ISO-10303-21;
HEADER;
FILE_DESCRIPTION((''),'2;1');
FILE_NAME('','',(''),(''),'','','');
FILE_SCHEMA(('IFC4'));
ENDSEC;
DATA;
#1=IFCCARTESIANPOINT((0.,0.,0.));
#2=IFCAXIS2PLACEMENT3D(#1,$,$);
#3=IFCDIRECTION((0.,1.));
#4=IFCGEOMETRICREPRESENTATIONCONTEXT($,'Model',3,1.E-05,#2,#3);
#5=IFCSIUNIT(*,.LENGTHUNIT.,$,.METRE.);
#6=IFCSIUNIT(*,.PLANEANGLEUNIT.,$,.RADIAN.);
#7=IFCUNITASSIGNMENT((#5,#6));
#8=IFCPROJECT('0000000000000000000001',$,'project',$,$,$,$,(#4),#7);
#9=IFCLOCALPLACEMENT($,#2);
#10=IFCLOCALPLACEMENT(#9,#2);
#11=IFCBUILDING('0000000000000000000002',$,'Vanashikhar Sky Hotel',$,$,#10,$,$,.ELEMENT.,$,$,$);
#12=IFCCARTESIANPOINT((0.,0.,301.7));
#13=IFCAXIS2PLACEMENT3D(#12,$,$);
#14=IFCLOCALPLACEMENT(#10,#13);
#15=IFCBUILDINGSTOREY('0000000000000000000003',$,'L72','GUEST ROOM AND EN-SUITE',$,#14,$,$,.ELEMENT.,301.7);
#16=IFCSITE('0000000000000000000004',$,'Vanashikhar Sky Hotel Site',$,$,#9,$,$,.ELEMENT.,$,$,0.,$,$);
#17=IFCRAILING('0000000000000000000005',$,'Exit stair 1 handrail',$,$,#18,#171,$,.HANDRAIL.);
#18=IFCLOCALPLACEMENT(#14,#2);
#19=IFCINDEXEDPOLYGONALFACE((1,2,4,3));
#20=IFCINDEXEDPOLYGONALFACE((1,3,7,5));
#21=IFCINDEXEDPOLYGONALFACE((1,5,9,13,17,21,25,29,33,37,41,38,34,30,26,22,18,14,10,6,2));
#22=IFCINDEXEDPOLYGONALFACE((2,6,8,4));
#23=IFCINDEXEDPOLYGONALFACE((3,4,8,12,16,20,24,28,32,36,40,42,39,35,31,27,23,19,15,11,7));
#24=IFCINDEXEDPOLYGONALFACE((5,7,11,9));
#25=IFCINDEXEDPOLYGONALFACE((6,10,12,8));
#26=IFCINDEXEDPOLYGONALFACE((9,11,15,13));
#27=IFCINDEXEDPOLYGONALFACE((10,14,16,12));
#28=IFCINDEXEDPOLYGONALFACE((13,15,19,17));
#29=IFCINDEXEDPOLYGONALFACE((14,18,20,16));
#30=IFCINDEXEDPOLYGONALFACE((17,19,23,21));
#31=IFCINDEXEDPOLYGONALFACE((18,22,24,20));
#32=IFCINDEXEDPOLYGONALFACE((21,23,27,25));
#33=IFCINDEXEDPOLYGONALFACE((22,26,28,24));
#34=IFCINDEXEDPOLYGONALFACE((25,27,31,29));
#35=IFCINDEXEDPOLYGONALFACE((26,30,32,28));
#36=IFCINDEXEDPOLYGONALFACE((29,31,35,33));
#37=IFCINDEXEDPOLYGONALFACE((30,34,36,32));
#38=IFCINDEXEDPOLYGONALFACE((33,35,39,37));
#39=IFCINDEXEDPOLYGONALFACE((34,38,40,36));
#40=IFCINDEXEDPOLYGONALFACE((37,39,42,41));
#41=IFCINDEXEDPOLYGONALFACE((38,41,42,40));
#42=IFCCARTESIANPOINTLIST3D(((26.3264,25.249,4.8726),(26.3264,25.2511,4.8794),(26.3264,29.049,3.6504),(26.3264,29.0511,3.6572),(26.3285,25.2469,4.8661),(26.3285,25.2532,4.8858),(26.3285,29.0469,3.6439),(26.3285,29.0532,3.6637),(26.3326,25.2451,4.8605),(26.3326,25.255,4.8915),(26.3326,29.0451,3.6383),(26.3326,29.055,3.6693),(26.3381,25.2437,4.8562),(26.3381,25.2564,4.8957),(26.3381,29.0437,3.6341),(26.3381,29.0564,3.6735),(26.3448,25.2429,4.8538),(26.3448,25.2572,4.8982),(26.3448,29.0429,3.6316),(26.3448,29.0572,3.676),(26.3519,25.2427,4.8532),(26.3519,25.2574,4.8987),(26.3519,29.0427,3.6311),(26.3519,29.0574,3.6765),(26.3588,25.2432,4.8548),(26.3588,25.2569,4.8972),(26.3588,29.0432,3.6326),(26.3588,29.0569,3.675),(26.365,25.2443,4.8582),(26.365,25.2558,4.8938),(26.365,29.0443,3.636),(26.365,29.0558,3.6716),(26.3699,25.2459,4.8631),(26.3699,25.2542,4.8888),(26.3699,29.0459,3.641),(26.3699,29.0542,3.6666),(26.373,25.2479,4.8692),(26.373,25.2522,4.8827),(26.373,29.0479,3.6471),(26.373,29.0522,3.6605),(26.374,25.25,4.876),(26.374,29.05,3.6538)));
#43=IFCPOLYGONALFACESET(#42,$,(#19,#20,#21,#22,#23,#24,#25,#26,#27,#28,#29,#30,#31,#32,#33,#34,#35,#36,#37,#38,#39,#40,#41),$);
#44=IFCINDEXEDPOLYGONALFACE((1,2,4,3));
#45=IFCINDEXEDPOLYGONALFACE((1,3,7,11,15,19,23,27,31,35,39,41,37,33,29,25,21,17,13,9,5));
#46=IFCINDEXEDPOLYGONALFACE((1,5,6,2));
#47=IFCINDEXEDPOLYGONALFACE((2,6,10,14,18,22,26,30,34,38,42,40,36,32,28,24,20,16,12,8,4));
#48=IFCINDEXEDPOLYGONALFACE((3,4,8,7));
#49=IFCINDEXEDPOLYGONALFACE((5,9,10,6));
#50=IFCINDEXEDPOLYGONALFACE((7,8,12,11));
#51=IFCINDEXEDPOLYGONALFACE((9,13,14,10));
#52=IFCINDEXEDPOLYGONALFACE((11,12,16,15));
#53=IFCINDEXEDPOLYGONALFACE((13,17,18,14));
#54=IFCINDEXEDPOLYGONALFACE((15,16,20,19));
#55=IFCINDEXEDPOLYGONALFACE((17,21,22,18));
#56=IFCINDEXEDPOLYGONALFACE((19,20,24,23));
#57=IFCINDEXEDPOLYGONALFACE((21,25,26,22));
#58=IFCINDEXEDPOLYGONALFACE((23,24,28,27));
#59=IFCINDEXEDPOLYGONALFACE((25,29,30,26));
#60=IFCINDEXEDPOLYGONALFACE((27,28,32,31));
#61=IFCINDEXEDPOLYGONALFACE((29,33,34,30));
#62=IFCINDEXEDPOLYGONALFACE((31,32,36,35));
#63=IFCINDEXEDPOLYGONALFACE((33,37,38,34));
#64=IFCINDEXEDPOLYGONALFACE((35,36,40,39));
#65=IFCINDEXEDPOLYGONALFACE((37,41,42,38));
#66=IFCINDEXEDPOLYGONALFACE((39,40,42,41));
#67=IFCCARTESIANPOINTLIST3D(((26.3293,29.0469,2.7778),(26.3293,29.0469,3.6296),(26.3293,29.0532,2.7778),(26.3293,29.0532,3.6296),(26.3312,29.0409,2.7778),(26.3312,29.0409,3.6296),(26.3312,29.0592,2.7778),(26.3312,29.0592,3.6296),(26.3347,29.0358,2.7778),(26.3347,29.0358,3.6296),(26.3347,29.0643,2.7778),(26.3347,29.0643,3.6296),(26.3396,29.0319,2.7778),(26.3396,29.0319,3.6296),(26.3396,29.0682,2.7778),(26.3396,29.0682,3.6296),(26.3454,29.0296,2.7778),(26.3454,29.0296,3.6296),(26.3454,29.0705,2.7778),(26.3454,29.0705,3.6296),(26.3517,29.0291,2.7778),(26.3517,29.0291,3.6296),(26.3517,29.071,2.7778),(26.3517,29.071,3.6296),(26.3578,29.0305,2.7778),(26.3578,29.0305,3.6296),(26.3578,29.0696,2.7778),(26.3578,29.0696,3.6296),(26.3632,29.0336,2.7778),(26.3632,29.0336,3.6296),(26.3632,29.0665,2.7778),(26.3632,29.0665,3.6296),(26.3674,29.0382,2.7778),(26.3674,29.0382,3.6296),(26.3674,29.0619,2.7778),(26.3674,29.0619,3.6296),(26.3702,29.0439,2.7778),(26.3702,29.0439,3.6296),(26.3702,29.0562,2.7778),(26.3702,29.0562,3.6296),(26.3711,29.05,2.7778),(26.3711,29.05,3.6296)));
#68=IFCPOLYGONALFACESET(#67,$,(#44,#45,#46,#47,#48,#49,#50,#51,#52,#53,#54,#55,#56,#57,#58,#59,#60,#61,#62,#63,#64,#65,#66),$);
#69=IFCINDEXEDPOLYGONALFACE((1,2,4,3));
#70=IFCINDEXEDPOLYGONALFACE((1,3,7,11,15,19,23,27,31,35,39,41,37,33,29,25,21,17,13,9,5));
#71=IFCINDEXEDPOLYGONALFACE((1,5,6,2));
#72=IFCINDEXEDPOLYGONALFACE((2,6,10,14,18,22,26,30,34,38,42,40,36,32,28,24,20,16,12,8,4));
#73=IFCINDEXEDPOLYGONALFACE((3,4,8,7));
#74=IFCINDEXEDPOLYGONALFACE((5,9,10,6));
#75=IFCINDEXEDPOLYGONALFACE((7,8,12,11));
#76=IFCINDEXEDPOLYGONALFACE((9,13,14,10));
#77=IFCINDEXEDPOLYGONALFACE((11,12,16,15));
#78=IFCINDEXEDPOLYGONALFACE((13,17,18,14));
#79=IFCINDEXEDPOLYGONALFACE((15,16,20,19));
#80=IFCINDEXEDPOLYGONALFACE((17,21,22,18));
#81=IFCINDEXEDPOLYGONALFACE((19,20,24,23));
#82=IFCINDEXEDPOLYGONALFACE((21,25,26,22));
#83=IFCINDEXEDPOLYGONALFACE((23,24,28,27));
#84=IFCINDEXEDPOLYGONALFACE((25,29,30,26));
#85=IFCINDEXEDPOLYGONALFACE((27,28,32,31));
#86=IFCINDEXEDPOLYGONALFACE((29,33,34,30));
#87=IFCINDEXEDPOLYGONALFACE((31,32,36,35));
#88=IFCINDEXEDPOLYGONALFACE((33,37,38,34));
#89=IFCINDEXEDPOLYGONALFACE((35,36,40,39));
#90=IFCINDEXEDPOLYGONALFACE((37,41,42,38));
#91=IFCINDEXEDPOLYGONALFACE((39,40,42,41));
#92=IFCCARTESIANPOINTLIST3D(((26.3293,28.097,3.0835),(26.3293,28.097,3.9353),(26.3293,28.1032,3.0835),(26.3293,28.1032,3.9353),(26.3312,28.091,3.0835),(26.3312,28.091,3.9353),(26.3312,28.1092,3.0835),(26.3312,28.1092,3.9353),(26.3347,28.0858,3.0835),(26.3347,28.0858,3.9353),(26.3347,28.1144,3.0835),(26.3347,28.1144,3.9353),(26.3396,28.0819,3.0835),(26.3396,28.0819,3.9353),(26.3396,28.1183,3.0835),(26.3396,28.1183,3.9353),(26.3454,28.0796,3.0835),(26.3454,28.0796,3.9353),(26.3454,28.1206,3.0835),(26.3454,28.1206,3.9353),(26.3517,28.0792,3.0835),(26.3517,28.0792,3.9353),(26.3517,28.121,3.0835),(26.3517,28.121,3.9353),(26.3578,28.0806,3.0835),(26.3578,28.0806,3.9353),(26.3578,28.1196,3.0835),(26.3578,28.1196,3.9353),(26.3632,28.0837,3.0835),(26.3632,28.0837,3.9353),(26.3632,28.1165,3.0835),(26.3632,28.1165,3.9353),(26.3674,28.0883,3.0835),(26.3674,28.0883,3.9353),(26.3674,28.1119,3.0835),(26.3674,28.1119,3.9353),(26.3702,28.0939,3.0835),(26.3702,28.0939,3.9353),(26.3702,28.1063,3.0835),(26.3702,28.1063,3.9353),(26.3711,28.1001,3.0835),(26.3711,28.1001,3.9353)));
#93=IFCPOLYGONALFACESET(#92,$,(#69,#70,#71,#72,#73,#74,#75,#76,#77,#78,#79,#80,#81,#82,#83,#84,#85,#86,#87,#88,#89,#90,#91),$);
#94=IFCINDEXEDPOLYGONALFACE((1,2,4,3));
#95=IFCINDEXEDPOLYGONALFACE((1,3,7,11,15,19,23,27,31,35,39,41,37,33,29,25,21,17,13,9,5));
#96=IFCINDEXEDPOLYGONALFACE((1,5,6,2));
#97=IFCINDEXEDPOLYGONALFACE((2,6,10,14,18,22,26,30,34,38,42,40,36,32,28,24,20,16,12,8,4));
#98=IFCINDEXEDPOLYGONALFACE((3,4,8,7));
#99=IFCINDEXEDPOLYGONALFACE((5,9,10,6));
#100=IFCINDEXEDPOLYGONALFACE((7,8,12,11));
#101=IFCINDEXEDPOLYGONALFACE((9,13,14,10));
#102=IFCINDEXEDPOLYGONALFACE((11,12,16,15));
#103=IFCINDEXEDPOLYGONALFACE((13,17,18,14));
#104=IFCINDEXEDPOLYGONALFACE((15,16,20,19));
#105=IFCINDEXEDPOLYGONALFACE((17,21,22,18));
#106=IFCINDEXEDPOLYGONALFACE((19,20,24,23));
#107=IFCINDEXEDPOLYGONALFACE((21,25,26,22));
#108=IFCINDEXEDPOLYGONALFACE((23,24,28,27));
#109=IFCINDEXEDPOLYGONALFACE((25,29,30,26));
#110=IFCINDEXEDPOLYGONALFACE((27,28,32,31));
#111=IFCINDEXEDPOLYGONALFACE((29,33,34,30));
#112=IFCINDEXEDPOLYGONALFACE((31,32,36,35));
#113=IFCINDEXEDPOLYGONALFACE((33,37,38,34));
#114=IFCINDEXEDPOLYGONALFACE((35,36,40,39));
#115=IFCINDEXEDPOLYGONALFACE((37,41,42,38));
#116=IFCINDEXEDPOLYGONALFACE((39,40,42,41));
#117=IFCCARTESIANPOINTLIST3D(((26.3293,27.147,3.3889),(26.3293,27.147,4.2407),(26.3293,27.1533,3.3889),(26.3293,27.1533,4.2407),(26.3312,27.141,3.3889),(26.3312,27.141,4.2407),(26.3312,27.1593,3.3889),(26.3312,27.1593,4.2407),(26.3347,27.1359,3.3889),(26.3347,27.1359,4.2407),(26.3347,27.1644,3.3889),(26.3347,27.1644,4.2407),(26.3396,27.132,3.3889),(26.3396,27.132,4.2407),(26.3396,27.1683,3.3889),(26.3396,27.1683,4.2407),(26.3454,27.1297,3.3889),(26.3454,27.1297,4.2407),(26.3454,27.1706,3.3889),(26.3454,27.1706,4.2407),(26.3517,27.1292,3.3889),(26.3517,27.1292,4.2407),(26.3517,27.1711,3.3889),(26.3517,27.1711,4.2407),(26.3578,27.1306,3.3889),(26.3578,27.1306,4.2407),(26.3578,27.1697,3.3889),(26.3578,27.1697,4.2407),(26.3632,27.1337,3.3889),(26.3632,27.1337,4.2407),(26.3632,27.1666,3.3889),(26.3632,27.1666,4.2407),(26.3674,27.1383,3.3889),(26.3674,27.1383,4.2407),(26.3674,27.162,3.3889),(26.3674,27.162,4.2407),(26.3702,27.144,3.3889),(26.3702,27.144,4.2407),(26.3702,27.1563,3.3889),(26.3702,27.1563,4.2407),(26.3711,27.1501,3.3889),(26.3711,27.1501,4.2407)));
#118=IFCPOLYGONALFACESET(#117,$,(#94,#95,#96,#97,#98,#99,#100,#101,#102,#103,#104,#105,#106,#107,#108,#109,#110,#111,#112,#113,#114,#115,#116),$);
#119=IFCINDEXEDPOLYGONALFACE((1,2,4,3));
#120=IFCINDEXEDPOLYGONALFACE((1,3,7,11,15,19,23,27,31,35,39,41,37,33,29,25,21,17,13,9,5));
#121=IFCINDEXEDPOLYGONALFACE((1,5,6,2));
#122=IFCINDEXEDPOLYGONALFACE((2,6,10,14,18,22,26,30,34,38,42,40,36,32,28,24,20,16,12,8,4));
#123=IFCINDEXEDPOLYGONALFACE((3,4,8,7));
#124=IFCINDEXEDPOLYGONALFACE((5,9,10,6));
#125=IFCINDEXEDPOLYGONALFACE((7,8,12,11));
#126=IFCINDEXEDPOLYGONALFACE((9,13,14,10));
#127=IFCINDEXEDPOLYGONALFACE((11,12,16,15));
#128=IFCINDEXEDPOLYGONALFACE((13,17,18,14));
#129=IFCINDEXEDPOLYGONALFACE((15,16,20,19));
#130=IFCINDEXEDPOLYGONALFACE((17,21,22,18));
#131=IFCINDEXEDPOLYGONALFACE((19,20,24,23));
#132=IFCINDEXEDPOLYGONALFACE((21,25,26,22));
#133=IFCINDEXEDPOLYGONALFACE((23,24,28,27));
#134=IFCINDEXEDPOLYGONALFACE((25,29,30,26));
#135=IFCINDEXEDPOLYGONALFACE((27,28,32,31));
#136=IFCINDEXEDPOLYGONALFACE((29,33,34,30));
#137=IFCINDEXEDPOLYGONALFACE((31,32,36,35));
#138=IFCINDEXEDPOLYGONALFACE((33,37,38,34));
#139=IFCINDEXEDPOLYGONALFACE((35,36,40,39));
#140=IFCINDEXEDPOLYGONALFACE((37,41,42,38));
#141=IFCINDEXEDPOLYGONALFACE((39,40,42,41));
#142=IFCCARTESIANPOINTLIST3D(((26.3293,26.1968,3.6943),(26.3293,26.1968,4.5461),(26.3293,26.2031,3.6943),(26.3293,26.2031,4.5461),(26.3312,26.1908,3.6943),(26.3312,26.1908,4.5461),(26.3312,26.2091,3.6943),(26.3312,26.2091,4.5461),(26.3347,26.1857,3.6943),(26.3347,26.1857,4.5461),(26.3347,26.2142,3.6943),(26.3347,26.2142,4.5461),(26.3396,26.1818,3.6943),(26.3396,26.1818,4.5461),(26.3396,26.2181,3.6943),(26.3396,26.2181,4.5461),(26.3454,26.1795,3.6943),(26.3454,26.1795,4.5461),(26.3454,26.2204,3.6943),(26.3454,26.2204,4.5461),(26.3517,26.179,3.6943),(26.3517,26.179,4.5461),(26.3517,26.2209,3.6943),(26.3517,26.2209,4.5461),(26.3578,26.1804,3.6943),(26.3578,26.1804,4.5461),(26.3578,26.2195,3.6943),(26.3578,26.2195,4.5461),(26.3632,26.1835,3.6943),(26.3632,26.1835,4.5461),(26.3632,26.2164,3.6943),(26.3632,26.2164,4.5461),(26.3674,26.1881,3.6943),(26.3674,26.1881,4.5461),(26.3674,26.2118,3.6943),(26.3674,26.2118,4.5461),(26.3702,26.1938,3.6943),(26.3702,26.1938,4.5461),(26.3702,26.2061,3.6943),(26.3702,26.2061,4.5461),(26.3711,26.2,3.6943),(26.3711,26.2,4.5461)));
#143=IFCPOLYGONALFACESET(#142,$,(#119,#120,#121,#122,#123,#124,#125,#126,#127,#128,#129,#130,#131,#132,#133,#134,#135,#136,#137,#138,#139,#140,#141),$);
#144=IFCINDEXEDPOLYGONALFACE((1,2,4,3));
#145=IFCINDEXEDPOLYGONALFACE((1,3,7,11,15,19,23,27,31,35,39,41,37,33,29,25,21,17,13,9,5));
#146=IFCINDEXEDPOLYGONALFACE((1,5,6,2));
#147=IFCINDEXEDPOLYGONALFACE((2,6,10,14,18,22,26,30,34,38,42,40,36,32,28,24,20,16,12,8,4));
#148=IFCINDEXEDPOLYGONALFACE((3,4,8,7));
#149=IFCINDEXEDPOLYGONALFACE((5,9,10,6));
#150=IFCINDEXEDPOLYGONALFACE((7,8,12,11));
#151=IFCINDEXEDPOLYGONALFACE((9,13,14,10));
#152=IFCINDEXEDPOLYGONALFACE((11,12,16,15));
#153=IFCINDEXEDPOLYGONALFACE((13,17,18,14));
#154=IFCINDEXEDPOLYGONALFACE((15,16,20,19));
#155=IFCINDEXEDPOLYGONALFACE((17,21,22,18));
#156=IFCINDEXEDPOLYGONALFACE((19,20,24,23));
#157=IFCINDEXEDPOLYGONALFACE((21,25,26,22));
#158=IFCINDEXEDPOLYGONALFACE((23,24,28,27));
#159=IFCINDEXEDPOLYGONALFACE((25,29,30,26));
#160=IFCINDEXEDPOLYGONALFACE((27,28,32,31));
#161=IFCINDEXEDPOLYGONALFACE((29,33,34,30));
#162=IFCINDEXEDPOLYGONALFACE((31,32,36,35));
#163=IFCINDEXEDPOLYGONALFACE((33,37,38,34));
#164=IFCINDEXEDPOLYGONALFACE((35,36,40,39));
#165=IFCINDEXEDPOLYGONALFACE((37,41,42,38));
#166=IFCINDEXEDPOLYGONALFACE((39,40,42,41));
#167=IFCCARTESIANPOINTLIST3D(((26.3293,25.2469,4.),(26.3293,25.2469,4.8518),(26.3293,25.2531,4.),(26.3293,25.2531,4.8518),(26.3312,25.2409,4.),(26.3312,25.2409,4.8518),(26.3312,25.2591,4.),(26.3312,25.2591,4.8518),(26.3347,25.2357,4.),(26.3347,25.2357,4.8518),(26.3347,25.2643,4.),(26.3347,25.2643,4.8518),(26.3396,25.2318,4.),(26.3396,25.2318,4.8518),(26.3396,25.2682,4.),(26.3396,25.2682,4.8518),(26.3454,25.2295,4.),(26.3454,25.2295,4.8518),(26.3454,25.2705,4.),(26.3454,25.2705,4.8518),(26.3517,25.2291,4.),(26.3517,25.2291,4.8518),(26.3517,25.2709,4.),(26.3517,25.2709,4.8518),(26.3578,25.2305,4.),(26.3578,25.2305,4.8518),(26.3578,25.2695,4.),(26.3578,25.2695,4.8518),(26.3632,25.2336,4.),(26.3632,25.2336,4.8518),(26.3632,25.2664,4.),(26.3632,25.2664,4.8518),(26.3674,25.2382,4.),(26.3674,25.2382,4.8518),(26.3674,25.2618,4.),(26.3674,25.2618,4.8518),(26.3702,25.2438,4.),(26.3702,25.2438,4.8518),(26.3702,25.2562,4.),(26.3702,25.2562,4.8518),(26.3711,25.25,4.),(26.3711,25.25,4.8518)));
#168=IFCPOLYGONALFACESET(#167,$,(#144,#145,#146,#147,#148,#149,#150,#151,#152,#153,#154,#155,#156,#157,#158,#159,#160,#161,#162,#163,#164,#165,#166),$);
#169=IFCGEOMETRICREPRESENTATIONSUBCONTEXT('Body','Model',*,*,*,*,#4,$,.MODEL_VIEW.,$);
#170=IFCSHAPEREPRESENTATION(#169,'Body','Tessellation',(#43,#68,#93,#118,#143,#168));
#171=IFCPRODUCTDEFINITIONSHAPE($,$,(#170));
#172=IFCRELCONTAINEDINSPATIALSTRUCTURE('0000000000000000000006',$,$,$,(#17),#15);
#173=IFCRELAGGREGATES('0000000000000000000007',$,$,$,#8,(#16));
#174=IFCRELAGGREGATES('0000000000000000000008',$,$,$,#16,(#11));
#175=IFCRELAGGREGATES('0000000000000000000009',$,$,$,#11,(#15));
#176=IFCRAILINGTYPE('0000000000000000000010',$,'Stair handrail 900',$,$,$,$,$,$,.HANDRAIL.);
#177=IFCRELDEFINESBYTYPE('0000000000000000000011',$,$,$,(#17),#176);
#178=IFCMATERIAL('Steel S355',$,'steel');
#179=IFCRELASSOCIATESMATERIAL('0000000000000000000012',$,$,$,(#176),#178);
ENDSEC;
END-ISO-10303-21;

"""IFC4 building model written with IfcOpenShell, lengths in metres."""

from ifc_helpers import new_model, si_unit, direction, frame, origin, origin_2d, place, context, subcontext, project, spatial, circle, extrude, source, transform, mapped, material, type_object, element, save


model = new_model("IFC4")

# Units and contexts
model_context = context("Model", 3, precision=1e-05, world=origin(), true_north=direction((0.0, 1.0)))
body_context = subcontext(model_context, "Body", "Model", "MODEL_VIEW")
ifc_project = project(units=[si_unit("LENGTHUNIT", "METRE"), si_unit("PLANEANGLEUNIT", "RADIAN")], contexts=[model_context])

# Site, building, storey
site_placement = place(None, origin())
site = spatial("IfcSite", under=ifc_project, at=site_placement, Name="Vanashikhar Sky Hotel Site", CompositionType="ELEMENT", RefElevation=0.0)
building_placement = place(site_placement, origin())
building = spatial("IfcBuilding", under=site, at=building_placement, Name="Vanashikhar Sky Hotel", CompositionType="ELEMENT")
storey_placement = place(building_placement, frame((0.0, 0.0, 301.7)))
storey = spatial("IfcBuildingStorey", under=building, at=storey_placement, Name="L72", Description="GUEST ROOM AND EN-SUITE", CompositionType="ELEMENT", Elevation=301.7)

# Railing
ifc_material_1 = material(Name="Steel S355", Category="steel")
railing_type_1 = type_object("IfcRailingType", Name="Stair handrail 900", PredefinedType="HANDRAIL", material=ifc_material_1)
shared_shape_1 = source(origin(), body_context, "Body", "SweptSolid", [
    extrude(circle(Radius=0.0239, at=origin_2d()), frame((0.0, 0.0, 0.876), z_axis=(0.0, -0.951976, 0.306173), x_axis=(1.0, 0.0, 0.0)), (0.0, 0.0, 1.0), 3.9917),
    extrude(circle(Radius=0.021, at=origin_2d()), origin(), (0.0, 0.0, 1.0), 0.8518),
    extrude(circle(Radius=0.021, at=origin_2d()), frame((0.0, -0.95, 0.3057)), (0.0, 0.0, 1.0), 0.8518),
    extrude(circle(Radius=0.021, at=origin_2d()), frame((0.0, -1.8999, 0.6111)), (0.0, 0.0, 1.0), 0.8518),
    extrude(circle(Radius=0.021, at=origin_2d()), frame((0.0, -2.8501, 0.9165)), (0.0, 0.0, 1.0), 0.8518),
    extrude(circle(Radius=0.021, at=origin_2d()), frame((0.0, -3.8, 1.2222)), (0.0, 0.0, 1.0), 0.8518),
])
for number, where, name in (
    (1, (26.3501, 29.05, 2.7778), "Exit stair 1 handrail"),
):
    element("IfcRailing", number, at=place(storey_placement, frame(where)), inside=storey, type_object=railing_type_1, Name=name, PredefinedType="HANDRAIL", context=body_context, shape_type="MappedRepresentation", body=[
        mapped(shared_shape_1, transform((0.0, 0.0, 0.0), scale=1.0)),
    ])

save(model, "model.ifc")
